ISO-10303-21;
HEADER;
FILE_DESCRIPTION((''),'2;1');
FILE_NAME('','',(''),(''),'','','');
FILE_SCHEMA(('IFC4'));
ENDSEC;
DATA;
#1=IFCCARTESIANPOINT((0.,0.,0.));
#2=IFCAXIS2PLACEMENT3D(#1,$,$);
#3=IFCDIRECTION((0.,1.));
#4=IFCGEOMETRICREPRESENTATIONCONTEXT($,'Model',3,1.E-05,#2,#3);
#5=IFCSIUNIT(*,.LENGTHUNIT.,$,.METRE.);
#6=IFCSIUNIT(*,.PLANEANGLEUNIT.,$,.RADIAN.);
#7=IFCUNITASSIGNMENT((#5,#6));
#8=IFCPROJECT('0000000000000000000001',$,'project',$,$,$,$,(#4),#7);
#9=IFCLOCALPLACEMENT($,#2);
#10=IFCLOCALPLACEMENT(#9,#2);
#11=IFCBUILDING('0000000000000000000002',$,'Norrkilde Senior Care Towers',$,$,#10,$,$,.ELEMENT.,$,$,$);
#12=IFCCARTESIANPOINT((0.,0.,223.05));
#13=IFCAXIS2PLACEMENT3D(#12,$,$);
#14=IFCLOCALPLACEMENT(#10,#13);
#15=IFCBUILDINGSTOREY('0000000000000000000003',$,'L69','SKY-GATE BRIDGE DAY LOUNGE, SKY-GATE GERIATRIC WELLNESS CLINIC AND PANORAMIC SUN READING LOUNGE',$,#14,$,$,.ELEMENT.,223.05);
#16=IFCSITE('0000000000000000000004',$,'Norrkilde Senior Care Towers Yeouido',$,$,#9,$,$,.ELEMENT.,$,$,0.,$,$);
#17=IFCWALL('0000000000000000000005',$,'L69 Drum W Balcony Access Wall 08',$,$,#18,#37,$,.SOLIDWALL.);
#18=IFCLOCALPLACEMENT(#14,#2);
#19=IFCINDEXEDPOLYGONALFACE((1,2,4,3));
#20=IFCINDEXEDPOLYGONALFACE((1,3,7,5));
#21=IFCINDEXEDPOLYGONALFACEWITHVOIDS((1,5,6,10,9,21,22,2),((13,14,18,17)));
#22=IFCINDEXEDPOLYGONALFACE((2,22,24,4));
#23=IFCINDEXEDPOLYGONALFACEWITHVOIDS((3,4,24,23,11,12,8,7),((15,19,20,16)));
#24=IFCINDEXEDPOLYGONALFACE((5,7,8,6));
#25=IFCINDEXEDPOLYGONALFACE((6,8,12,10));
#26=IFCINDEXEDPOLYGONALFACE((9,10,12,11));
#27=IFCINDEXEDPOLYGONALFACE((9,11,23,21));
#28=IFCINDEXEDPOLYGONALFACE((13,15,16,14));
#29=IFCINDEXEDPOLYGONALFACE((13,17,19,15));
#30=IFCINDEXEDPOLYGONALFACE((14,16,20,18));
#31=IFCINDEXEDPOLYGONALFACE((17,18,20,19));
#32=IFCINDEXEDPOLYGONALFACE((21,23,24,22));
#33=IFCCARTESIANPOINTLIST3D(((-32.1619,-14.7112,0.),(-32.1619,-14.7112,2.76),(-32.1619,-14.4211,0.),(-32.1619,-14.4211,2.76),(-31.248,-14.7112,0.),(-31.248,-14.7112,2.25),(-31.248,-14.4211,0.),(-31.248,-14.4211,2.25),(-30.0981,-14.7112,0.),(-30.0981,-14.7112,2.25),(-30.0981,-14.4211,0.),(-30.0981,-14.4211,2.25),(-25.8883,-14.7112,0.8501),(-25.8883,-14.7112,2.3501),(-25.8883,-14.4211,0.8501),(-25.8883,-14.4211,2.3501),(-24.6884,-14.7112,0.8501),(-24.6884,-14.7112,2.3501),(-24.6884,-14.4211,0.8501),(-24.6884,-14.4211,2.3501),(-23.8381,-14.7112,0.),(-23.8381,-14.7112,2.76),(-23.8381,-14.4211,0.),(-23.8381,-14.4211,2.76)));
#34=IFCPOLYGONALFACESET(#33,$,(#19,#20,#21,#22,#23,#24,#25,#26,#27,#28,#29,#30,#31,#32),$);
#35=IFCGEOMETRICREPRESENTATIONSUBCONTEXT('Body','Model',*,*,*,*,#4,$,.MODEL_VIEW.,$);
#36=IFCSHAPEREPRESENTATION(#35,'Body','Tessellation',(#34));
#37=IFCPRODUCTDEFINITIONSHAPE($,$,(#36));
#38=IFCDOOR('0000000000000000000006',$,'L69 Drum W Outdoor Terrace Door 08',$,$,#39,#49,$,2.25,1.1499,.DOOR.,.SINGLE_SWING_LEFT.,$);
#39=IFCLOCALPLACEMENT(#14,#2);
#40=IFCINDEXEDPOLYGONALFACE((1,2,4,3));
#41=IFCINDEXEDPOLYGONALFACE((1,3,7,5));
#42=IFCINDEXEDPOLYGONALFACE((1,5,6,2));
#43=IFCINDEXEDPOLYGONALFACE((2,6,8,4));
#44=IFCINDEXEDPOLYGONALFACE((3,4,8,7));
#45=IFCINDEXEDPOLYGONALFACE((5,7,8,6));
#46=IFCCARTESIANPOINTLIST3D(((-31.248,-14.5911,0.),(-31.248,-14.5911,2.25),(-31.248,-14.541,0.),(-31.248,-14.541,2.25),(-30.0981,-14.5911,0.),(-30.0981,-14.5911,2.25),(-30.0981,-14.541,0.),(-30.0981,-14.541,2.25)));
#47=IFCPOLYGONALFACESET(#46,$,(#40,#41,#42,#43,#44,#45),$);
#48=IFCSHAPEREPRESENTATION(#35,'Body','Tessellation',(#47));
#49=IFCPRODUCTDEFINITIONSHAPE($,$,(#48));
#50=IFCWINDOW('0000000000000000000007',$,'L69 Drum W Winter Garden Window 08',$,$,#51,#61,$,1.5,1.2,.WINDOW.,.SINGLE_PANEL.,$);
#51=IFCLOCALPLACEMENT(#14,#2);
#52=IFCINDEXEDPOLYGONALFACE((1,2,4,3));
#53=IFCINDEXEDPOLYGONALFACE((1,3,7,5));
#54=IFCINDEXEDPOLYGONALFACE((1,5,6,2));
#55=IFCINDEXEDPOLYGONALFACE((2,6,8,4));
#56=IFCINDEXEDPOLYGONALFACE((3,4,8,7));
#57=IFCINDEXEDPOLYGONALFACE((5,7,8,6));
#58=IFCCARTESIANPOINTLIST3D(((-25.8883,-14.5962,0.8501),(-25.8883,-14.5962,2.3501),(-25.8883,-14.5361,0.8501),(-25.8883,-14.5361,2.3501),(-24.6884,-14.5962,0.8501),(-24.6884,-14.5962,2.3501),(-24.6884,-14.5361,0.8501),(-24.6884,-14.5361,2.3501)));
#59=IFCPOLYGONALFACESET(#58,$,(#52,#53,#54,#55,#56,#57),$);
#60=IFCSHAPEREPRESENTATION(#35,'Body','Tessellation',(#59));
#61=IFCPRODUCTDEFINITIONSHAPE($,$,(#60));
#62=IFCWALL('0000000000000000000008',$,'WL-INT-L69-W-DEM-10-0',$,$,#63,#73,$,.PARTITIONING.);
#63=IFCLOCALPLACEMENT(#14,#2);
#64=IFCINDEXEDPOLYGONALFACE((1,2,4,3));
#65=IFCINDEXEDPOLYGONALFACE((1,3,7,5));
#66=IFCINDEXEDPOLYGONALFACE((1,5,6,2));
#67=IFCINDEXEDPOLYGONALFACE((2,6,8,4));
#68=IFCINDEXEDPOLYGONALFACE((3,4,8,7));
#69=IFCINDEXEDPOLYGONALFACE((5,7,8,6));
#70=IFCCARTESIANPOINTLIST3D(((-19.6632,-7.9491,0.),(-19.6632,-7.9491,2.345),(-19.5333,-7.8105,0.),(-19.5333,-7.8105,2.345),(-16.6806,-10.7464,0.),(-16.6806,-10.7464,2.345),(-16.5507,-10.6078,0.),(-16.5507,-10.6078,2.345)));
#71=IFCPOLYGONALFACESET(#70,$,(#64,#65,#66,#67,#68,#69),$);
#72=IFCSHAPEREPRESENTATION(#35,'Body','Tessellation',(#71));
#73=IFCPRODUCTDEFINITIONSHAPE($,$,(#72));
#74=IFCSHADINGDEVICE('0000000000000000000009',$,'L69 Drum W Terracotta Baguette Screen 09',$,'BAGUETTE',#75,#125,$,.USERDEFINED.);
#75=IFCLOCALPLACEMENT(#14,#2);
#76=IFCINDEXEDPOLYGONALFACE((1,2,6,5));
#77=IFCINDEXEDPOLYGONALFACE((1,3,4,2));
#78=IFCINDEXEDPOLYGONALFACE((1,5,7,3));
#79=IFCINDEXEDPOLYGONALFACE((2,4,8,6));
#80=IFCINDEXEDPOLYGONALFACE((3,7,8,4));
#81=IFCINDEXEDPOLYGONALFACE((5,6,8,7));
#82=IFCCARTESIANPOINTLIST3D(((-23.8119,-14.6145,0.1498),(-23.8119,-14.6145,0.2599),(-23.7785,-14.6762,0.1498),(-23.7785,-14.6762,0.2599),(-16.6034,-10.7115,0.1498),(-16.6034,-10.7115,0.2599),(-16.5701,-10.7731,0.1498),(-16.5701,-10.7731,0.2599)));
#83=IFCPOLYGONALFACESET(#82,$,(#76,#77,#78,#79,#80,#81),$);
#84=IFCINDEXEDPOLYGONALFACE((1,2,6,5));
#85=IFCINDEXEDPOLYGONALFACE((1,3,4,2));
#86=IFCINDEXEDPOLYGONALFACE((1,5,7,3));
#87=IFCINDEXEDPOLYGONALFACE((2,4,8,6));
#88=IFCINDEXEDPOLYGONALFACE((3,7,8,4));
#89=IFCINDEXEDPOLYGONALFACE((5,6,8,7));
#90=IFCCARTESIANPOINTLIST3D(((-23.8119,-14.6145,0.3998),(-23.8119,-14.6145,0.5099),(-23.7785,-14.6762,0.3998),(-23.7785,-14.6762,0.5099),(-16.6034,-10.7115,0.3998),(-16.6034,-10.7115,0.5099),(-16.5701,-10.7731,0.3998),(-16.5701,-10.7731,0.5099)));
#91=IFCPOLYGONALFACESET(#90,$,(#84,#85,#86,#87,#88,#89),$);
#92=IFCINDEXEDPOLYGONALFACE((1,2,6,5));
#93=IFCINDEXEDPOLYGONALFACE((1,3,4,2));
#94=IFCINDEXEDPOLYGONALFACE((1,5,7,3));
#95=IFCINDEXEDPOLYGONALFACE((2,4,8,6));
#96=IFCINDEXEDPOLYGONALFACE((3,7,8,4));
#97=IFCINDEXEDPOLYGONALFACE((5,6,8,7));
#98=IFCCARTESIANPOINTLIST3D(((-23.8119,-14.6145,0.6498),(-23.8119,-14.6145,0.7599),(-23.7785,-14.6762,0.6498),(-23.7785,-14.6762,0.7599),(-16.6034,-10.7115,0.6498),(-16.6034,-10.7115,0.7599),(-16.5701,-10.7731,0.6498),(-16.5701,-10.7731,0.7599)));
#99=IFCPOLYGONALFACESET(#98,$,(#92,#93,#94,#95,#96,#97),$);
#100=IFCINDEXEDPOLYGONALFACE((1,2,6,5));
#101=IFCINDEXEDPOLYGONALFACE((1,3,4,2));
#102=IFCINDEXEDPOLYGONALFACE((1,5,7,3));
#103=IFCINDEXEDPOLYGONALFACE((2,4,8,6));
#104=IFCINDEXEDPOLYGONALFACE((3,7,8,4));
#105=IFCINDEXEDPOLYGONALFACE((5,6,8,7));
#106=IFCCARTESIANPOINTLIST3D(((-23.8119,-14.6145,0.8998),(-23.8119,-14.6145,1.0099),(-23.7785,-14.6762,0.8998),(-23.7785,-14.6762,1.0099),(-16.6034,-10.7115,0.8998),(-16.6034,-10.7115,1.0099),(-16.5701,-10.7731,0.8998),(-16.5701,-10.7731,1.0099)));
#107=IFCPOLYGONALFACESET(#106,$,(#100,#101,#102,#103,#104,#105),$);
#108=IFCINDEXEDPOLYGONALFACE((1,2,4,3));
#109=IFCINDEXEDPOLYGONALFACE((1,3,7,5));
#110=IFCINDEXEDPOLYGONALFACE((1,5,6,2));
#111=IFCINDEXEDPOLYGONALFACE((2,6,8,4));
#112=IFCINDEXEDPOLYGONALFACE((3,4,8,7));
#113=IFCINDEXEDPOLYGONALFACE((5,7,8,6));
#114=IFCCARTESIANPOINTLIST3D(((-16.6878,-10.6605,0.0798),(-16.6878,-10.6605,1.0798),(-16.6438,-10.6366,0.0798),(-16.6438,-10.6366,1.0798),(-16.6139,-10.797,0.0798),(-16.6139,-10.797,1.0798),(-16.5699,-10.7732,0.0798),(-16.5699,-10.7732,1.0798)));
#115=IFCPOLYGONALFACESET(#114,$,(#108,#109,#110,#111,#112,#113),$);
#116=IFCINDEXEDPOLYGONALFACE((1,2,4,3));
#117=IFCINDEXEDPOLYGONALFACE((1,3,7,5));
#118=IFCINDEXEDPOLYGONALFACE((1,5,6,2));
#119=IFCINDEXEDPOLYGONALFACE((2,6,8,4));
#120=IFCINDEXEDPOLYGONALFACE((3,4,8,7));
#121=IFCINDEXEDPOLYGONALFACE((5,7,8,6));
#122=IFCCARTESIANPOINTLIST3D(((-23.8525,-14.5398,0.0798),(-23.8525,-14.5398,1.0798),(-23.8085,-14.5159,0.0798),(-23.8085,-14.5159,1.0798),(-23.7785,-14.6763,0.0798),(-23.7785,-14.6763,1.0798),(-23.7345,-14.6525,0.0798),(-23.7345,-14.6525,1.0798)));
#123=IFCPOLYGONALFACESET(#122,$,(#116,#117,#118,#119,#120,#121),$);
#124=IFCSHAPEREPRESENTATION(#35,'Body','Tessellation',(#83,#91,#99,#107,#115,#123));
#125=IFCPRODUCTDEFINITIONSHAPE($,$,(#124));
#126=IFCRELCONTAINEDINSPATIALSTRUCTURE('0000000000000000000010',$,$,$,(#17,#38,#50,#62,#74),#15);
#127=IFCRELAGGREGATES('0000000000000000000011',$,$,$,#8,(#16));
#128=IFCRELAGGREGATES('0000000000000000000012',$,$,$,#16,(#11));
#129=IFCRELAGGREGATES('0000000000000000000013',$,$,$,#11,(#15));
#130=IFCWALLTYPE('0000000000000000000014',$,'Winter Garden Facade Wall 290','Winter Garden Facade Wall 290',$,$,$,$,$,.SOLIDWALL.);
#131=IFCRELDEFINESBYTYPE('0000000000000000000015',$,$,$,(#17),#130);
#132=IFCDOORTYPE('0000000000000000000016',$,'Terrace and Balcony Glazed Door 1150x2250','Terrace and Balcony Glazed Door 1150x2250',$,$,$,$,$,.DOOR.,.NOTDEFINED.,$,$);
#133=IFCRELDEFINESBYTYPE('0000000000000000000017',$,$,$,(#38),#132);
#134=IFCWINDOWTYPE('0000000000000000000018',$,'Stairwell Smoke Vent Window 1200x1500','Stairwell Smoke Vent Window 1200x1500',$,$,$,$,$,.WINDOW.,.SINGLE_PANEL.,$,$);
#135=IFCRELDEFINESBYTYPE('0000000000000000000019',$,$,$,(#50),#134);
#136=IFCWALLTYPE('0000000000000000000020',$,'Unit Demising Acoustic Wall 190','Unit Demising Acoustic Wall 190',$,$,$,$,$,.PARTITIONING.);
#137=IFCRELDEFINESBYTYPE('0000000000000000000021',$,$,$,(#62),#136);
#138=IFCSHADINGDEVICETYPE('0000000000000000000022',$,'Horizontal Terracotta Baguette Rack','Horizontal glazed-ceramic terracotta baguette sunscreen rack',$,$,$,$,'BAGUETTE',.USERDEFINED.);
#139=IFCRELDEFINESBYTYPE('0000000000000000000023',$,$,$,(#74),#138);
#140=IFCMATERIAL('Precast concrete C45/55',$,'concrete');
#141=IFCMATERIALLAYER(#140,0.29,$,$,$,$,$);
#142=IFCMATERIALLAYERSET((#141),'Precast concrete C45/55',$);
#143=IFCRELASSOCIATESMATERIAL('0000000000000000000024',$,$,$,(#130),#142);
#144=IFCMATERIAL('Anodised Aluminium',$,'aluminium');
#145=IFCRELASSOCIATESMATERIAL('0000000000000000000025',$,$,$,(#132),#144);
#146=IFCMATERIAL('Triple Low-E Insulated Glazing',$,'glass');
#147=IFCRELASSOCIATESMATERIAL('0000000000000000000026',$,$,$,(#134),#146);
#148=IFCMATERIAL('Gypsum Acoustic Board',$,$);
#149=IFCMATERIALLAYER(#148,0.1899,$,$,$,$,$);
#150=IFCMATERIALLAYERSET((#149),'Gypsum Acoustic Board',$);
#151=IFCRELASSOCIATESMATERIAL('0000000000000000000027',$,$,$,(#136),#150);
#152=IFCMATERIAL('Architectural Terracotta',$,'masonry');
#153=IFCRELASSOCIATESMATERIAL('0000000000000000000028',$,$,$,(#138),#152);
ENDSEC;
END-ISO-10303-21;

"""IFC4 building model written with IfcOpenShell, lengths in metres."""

from ifc_helpers import new_model, si_unit, direction, frame, frame_2d, origin, origin_2d, place, context, subcontext, project, spatial, rectangle, extrude, source, transform, mapped, material, layer, layer_set, type_object, type_shapes, element, fill, save


model = new_model("IFC4")

# Units and contexts
model_context = context("Model", 3, precision=1e-05, world=origin(), true_north=direction((0.0, 1.0)))
body_context = subcontext(model_context, "Body", "Model", "MODEL_VIEW")
ifc_project = project(units=[si_unit("LENGTHUNIT", "METRE"), si_unit("PLANEANGLEUNIT", "RADIAN")], contexts=[model_context])

# Site, building, storey
site_placement = place(None, origin())
site = spatial("IfcSite", under=ifc_project, at=site_placement, Name="Norrkilde Senior Care Towers Yeouido", CompositionType="ELEMENT", RefElevation=0.0)
building_placement = place(site_placement, origin())
building = spatial("IfcBuilding", under=site, at=building_placement, Name="Norrkilde Senior Care Towers", CompositionType="ELEMENT")
storey_placement = place(building_placement, frame((0.0, 0.0, 223.05)))
storey = spatial("IfcBuildingStorey", under=building, at=storey_placement, Name="L69", Description="SKY-GATE BRIDGE DAY LOUNGE, SKY-GATE GERIATRIC WELLNESS CLINIC AND PANORAMIC SUN READING LOUNGE", CompositionType="ELEMENT", Elevation=223.05)

# Shared definitions
ifc_material_1 = material(Name="Triple Low-E Insulated Glazing", Category="glass")
ifc_material_2 = material(Name="Anodised Aluminium", Category="aluminium")

# Wall, openings, door, window
ifc_material_3 = material(Name="Precast concrete C45/55", Category="concrete")
ifc_layer_1 = layer(ifc_material_3, 0.29)
ifc_layer_set_1 = layer_set([ifc_layer_1], Name="Precast concrete C45/55")
wall_type_1 = type_object("IfcWallType", Name="Winter Garden Facade Wall 290", Description="Winter Garden Facade Wall 290", PredefinedType="SOLIDWALL", material=ifc_layer_set_1)
shared_shape_1 = source(origin(), body_context, "Body", "SweptSolid", [
    extrude(rectangle(XDim=8.3237, YDim=0.29, at=frame_2d((4.1619, 0.0))), origin(), (0.0, 0.0, 1.0), 2.76),
])
type_shapes(wall_type_1, [shared_shape_1])
wall_1_placement = place(storey_placement, frame((-23.8381, -14.5662, 0.0), z_axis=(0.0, 0.0, 1.0), x_axis=(-1.0, 0.0, 0.0)))
wall_1 = element("IfcWall", 1, at=wall_1_placement, inside=storey, type_object=wall_type_1, Name="L69 Drum W Balcony Access Wall 08", PredefinedType="SOLIDWALL", context=body_context, shape_type="MappedRepresentation", body=[
    mapped(shared_shape_1, transform((0.0, 0.0, 0.0), x_axis=(1.0, 0.0, 0.0), y_axis=(0.0, 1.0, 0.0), z_axis=(0.0, 0.0, 1.0), scale=1.0)),
])
opening_1_placement = place(wall_1_placement, frame((6.26, 0.0, 0.0)))
opening_1 = element("IfcOpeningElement", 2, at=opening_1_placement, cuts=wall_1, PredefinedType="OPENING", context=body_context, shape_type="SweptSolid", body=[
    extrude(rectangle(XDim=1.1499, YDim=2.25, at=frame_2d((0.575, 1.125))), frame((0.0, 0.155, 0.0), z_axis=(0.0, -1.0, 0.0), x_axis=(1.0, 0.0, 0.0)), (0.0, 0.0, 1.0), 0.3101),
])
opening_2_placement = place(wall_1_placement, frame((0.8501, 0.0, 0.8501)))
opening_2 = element("IfcOpeningElement", 3, at=opening_2_placement, cuts=wall_1, PredefinedType="OPENING", context=body_context, shape_type="SweptSolid", body=[
    extrude(rectangle(XDim=1.2, YDim=1.5, at=frame_2d((0.6001, 0.75))), frame((0.0, 0.155, 0.0), z_axis=(0.0, -1.0, 0.0), x_axis=(1.0, 0.0, 0.0)), (0.0, 0.0, 1.0), 0.3101),
])
door_type = type_object("IfcDoorType", Name="Terrace and Balcony Glazed Door 1150x2250", Description="Terrace and Balcony Glazed Door 1150x2250", OperationType="NOTDEFINED", PredefinedType="DOOR", material=ifc_material_2)
shared_shape_2 = source(origin(), body_context, "Body", "SweptSolid", [
    extrude(rectangle(XDim=1.1499, YDim=2.25, at=frame_2d((0.575, 1.125))), frame((0.0, 0.0249, 0.0), z_axis=(0.0, -1.0, 0.0), x_axis=(1.0, 0.0, 0.0)), (0.0, 0.0, 1.0), 0.05),
])
type_shapes(door_type, [shared_shape_2])
door_placement = place(opening_1_placement, origin())
door = element("IfcDoor", 4, at=door_placement, inside=storey, type_object=door_type, Name="L69 Drum W Outdoor Terrace Door 08", OperationType="SINGLE_SWING_LEFT", OverallHeight=2.25, OverallWidth=1.1499, PredefinedType="DOOR", context=body_context, shape_type="MappedRepresentation", body=[
    mapped(shared_shape_2, transform((0.0, 0.0, 0.0), x_axis=(1.0, 0.0, 0.0), y_axis=(0.0, 1.0, 0.0), z_axis=(0.0, 0.0, 1.0), scale=1.0)),
])
fill(opening_1, door)
window_type = type_object("IfcWindowType", Name="Stairwell Smoke Vent Window 1200x1500", Description="Stairwell Smoke Vent Window 1200x1500", PartitioningType="SINGLE_PANEL", PredefinedType="WINDOW", material=ifc_material_1)
shared_shape_3 = source(origin(), body_context, "Body", "SweptSolid", [
    extrude(rectangle(XDim=1.2, YDim=1.5, at=frame_2d((0.6001, 0.75))), frame((0.0, 0.03, 0.0), z_axis=(0.0, -1.0, 0.0), x_axis=(1.0, 0.0, 0.0)), (0.0, 0.0, 1.0), 0.0601),
])
type_shapes(window_type, [shared_shape_3])
window_placement = place(opening_2_placement, origin())
window = element("IfcWindow", 5, at=window_placement, inside=storey, type_object=window_type, Name="L69 Drum W Winter Garden Window 08", OverallHeight=1.5, OverallWidth=1.2, PartitioningType="SINGLE_PANEL", PredefinedType="WINDOW", context=body_context, shape_type="MappedRepresentation", body=[
    mapped(shared_shape_3, transform((0.0, 0.0, 0.0), x_axis=(1.0, 0.0, 0.0), y_axis=(0.0, 1.0, 0.0), z_axis=(0.0, 0.0, 1.0), scale=1.0)),
])
fill(opening_2, window)

# Wall
ifc_material_4 = material(Name="Gypsum Acoustic Board")
ifc_layer_2 = layer(ifc_material_4, 0.1899)
ifc_layer_set_2 = layer_set([ifc_layer_2], Name="Gypsum Acoustic Board")
wall_type_2 = type_object("IfcWallType", Name="Unit Demising Acoustic Wall 190", Description="Unit Demising Acoustic Wall 190", PredefinedType="PARTITIONING", material=ifc_layer_set_2)
shared_shape_4 = source(origin(), body_context, "Body", "SweptSolid", [
    extrude(rectangle(XDim=4.0891, YDim=0.1899, at=frame_2d((2.0444, 0.0))), origin(), (0.0, 0.0, 1.0), 2.345),
])
type_shapes(wall_type_2, [shared_shape_4])
wall_2_placement = place(storey_placement, frame((-19.5981, -7.8799, 0.0), z_axis=(0.0, 0.0, 1.0), x_axis=(0.729401, -0.684086, 0.0)))
element("IfcWall", 6, at=wall_2_placement, inside=storey, type_object=wall_type_2, Name="WL-INT-L69-W-DEM-10-0", PredefinedType="PARTITIONING", context=body_context, shape_type="MappedRepresentation", body=[
    mapped(shared_shape_4, transform((0.0, 0.0, 0.0), x_axis=(1.0, 0.0, 0.0), y_axis=(0.0, 1.0, 0.0), z_axis=(0.0, 0.0, 1.0), scale=1.0)),
])

# Shading device
ifc_material_5 = material(Name="Architectural Terracotta", Category="masonry")
shading_device_type = type_object("IfcShadingDeviceType", Name="Horizontal Terracotta Baguette Rack", Description="Horizontal glazed-ceramic terracotta baguette sunscreen rack", ElementType="BAGUETTE", PredefinedType="USERDEFINED", material=ifc_material_5)
shared_shape_5 = source(origin(), body_context, "Body", "SweptSolid", [
    extrude(rectangle(XDim=0.0701, YDim=0.1101, at=origin_2d()), frame((0.0, 0.0901, 0.125), z_axis=(1.0, 0.0, 0.0), x_axis=(0.0, 1.0, 0.0)), (0.0, 0.0, 1.0), 8.1973),
    extrude(rectangle(XDim=0.0701, YDim=0.1101, at=origin_2d()), frame((0.0, 0.0901, 0.375), z_axis=(1.0, 0.0, 0.0), x_axis=(0.0, 1.0, 0.0)), (0.0, 0.0, 1.0), 8.1973),
    extrude(rectangle(XDim=0.0701, YDim=0.1101, at=origin_2d()), frame((0.0, 0.0901, 0.625), z_axis=(1.0, 0.0, 0.0), x_axis=(0.0, 1.0, 0.0)), (0.0, 0.0, 1.0), 8.1973),
    extrude(rectangle(XDim=0.0701, YDim=0.1101, at=origin_2d()), frame((0.0, 0.0901, 0.875), z_axis=(1.0, 0.0, 0.0), x_axis=(0.0, 1.0, 0.0)), (0.0, 0.0, 1.0), 8.1973),
    extrude(rectangle(XDim=0.05, YDim=0.1553, at=origin_2d()), frame((0.0249, 0.0476, 0.0)), (0.0, 0.0, 1.0), 1.0),
    extrude(rectangle(XDim=0.05, YDim=0.1553, at=origin_2d()), frame((8.1724, 0.0476, 0.0)), (0.0, 0.0, 1.0), 1.0),
])
type_shapes(shading_device_type, [shared_shape_5])
shading_device_placement = place(storey_placement, frame((-16.6296, -10.6631, 0.0798), z_axis=(0.0, 0.0, 1.0), x_axis=(-0.879378, -0.476144, 0.0)))
element("IfcShadingDevice", 7, at=shading_device_placement, inside=storey, type_object=shading_device_type, Name="L69 Drum W Terracotta Baguette Screen 09", ObjectType="BAGUETTE", PredefinedType="USERDEFINED", context=body_context, shape_type="MappedRepresentation", body=[
    mapped(shared_shape_5, transform((0.0, 0.0, 0.0), x_axis=(1.0, 0.0, 0.0), y_axis=(0.0, 1.0, 0.0), z_axis=(0.0, 0.0, 1.0), scale=1.0)),
])

save(model, "model.ifc")
